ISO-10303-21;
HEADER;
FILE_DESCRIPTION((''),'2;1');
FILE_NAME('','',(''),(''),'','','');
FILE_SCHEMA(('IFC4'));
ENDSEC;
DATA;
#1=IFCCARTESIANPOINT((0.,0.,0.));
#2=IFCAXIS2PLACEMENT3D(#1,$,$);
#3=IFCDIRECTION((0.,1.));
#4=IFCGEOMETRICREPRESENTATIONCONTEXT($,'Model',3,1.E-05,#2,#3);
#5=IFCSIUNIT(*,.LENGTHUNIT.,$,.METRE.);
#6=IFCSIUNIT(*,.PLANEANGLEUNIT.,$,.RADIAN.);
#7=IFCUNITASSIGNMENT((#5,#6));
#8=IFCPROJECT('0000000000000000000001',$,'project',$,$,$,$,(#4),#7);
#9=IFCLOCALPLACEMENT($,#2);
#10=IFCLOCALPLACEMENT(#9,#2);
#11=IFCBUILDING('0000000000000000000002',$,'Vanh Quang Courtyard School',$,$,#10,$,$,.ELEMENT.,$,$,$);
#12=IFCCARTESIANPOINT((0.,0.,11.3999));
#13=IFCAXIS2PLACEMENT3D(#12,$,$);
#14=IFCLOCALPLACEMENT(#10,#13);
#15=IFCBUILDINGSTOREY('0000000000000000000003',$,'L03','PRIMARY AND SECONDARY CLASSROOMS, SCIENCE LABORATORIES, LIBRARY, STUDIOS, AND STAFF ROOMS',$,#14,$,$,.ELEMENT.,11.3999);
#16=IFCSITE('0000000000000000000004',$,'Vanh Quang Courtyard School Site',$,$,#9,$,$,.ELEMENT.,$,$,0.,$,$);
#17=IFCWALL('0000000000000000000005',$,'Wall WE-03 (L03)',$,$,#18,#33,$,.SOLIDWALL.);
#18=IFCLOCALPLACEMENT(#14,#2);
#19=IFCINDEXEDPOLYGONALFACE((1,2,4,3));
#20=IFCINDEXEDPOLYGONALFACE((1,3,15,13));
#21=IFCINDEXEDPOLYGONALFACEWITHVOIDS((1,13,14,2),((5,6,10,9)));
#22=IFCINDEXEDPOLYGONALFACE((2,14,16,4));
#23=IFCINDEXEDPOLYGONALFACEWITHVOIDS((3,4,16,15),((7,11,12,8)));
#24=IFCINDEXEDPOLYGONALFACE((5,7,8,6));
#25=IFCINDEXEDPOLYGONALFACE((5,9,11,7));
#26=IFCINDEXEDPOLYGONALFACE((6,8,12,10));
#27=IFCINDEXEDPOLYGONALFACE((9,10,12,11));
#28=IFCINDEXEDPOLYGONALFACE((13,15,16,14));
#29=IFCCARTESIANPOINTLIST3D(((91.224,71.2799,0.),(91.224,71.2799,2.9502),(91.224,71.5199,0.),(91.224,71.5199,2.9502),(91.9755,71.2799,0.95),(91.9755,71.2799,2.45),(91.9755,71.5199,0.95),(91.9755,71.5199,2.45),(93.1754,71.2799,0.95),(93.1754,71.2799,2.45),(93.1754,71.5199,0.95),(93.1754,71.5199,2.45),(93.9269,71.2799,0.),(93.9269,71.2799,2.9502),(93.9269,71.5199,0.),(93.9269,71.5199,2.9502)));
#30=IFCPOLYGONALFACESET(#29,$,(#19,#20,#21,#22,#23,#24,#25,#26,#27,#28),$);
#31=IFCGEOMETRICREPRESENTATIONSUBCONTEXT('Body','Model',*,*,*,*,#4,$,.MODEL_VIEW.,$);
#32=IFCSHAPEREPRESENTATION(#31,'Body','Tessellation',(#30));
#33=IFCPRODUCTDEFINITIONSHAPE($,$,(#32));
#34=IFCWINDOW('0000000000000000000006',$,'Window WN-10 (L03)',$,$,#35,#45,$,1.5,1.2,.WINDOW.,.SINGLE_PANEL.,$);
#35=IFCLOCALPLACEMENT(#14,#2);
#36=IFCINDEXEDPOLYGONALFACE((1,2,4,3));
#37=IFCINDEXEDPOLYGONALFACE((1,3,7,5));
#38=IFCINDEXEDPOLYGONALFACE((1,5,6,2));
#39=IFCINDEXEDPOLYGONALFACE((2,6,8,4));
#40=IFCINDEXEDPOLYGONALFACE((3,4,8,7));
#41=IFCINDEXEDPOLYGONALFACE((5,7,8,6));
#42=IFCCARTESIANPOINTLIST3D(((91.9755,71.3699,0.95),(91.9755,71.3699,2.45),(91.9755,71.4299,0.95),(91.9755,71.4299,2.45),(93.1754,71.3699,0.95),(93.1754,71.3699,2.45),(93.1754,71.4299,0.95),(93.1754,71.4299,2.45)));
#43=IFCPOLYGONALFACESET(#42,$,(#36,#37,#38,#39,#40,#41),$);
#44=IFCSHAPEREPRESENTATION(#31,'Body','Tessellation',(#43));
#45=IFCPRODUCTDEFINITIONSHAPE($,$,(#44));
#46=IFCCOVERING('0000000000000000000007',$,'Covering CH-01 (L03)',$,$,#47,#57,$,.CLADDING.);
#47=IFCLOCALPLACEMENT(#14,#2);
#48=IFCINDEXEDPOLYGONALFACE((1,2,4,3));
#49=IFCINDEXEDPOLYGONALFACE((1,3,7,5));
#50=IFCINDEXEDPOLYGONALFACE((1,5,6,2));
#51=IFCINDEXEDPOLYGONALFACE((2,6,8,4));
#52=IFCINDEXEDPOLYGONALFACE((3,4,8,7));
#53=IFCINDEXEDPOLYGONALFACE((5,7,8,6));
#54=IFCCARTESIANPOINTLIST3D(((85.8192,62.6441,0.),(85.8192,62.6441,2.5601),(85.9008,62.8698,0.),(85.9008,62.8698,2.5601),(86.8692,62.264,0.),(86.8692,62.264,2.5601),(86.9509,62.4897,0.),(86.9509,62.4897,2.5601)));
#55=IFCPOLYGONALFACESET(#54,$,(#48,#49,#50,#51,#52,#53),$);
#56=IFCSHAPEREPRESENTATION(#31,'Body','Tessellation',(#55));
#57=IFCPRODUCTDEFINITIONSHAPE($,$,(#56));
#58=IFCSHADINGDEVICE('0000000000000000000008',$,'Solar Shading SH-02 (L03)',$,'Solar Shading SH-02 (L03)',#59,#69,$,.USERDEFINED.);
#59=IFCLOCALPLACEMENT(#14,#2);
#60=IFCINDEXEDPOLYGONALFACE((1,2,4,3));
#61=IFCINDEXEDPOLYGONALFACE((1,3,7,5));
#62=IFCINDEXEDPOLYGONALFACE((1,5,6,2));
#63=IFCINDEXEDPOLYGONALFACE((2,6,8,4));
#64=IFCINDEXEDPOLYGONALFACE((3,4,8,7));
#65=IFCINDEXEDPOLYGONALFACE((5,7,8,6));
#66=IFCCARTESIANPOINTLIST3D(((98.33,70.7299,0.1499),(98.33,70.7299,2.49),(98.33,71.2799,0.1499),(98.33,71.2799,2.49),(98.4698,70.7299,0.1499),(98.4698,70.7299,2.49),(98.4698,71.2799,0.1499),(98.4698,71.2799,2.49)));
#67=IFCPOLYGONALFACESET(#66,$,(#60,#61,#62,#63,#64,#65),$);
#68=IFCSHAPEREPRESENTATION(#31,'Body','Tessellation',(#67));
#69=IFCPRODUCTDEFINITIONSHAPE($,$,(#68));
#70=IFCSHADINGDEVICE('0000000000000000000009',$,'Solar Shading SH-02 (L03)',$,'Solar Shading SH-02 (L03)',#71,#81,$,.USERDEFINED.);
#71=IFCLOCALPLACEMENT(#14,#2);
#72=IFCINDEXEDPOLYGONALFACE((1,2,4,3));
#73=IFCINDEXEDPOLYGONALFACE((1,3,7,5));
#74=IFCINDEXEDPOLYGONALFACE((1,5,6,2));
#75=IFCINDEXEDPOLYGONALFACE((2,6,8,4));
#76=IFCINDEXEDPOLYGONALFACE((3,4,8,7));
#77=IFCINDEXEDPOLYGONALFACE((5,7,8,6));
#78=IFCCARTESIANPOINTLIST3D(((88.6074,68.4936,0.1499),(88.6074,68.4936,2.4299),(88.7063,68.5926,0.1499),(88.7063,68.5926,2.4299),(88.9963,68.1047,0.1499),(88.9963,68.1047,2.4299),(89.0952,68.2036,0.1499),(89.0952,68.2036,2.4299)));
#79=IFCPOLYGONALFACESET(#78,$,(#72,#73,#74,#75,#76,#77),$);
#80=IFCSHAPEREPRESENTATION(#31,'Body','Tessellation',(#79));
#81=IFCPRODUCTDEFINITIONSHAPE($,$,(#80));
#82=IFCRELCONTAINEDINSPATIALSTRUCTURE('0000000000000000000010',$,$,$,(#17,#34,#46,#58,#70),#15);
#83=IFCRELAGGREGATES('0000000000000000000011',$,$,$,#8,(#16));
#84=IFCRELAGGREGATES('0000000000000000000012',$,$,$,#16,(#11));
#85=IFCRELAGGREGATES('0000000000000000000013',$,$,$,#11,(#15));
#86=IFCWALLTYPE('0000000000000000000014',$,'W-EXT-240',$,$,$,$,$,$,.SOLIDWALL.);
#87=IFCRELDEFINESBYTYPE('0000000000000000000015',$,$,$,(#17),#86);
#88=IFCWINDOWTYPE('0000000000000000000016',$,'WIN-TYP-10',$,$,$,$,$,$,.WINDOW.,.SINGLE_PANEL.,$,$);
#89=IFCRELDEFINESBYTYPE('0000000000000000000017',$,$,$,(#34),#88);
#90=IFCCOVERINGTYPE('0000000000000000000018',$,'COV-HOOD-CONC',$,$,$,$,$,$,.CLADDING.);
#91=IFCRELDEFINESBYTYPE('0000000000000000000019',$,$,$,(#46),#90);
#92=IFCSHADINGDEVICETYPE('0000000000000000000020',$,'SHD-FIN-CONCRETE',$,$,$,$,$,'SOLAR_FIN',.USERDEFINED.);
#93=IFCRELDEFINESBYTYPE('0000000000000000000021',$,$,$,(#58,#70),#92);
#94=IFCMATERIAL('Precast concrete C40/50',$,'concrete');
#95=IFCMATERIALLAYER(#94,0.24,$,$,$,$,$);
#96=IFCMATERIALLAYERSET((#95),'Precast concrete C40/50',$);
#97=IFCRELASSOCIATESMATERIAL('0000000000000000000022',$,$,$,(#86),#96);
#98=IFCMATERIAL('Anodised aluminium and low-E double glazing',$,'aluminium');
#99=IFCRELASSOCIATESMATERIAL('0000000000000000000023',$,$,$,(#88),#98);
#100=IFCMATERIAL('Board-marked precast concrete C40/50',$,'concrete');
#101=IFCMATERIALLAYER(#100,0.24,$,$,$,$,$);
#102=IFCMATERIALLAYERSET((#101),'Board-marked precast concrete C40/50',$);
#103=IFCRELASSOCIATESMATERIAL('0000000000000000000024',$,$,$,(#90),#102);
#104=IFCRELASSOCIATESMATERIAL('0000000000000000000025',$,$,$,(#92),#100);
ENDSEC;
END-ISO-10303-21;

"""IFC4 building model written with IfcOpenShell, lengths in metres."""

from ifc_helpers import new_model, si_unit, direction, frame, frame_2d, origin, origin_2d, place, context, subcontext, project, spatial, rectangle, extrude, material, layer, layer_set, type_object, element, fill, save


model = new_model("IFC4")

# Units and contexts
model_context = context("Model", 3, precision=1e-05, world=origin(), true_north=direction((0.0, 1.0)))
body_context = subcontext(model_context, "Body", "Model", "MODEL_VIEW")
ifc_project = project(units=[si_unit("LENGTHUNIT", "METRE"), si_unit("PLANEANGLEUNIT", "RADIAN")], contexts=[model_context])

# Site, building, storey
site_placement = place(None, origin())
site = spatial("IfcSite", under=ifc_project, at=site_placement, Name="Vanh Quang Courtyard School Site", CompositionType="ELEMENT", RefElevation=0.0)
building_placement = place(site_placement, origin())
building = spatial("IfcBuilding", under=site, at=building_placement, Name="Vanh Quang Courtyard School", CompositionType="ELEMENT")
storey_placement = place(building_placement, frame((0.0, 0.0, 11.3999)))
storey = spatial("IfcBuildingStorey", under=building, at=storey_placement, Name="L03", Description="PRIMARY AND SECONDARY CLASSROOMS, SCIENCE LABORATORIES, LIBRARY, STUDIOS, AND STAFF ROOMS", CompositionType="ELEMENT", Elevation=11.3999)

# Wall, opening, window
ifc_material_1 = material(Name="Precast concrete C40/50", Category="concrete")
ifc_layer_1 = layer(ifc_material_1, 0.24)
ifc_layer_set_1 = layer_set([ifc_layer_1], Name="Precast concrete C40/50")
wall_type = type_object("IfcWallType", Name="W-EXT-240", PredefinedType="SOLIDWALL", material=ifc_layer_set_1)
wall_placement = place(storey_placement, frame((93.927, 71.3999, 0.0), z_axis=(0.0, 0.0, 1.0), x_axis=(-1.0, 0.0, 0.0)))
wall = element("IfcWall", 1, at=wall_placement, inside=storey, type_object=wall_type, Name="Wall WE-03 (L03)", PredefinedType="SOLIDWALL", context=body_context, shape_type="SweptSolid", body=[
    extrude(rectangle(XDim=2.7029, YDim=0.24, at=frame_2d((1.3516, 0.0))), origin(), (0.0, 0.0, 1.0), 2.9502),
])
opening_placement = place(wall_placement, frame((0.7515, 0.0, 0.95)))
opening = element("IfcOpeningElement", 2, at=opening_placement, cuts=wall, PredefinedType="OPENING", context=body_context, shape_type="SweptSolid", body=[
    extrude(rectangle(XDim=1.2, YDim=1.5, at=frame_2d((0.6001, 0.75))), frame((0.0, 0.1299, 0.0), z_axis=(0.0, -1.0, 0.0), x_axis=(1.0, 0.0, 0.0)), (0.0, 0.0, 1.0), 0.26),
])
ifc_material_2 = material(Name="Anodised aluminium and low-E double glazing", Category="aluminium")
window_type = type_object("IfcWindowType", Name="WIN-TYP-10", PartitioningType="SINGLE_PANEL", PredefinedType="WINDOW", material=ifc_material_2)
window_placement = place(opening_placement, origin())
window = element("IfcWindow", 3, at=window_placement, inside=storey, type_object=window_type, Name="Window WN-10 (L03)", OverallHeight=1.5, OverallWidth=1.2, PartitioningType="SINGLE_PANEL", PredefinedType="WINDOW", context=body_context, shape_type="SweptSolid", body=[
    extrude(rectangle(XDim=1.2, YDim=1.5, at=frame_2d((0.6001, 0.75))), frame((0.0, 0.03, 0.0), z_axis=(0.0, -1.0, 0.0), x_axis=(1.0, 0.0, 0.0)), (0.0, 0.0, 1.0), 0.0601),
])
fill(opening, window)

# Covering
ifc_material_3 = material(Name="Board-marked precast concrete C40/50", Category="concrete")
ifc_layer_2 = layer(ifc_material_3, 0.24)
ifc_layer_set_2 = layer_set([ifc_layer_2], Name="Board-marked precast concrete C40/50")
covering_type = type_object("IfcCoveringType", Name="COV-HOOD-CONC", PredefinedType="CLADDING", material=ifc_layer_set_2)
covering_placement = place(storey_placement, frame((86.385, 62.5669, 0.0), z_axis=(0.0, 0.0, 1.0), x_axis=(0.940288, -0.34038, 0.0)))
element("IfcCovering", 4, at=covering_placement, inside=storey, type_object=covering_type, Name="Covering CH-01 (L03)", PredefinedType="CLADDING", context=body_context, shape_type="SweptSolid", body=[
    extrude(rectangle(XDim=1.1167, YDim=0.24, at=origin_2d()), origin(), (0.0, 0.0, 1.0), 2.5601),
])

# Shading devices
shading_device_type = type_object("IfcShadingDeviceType", Name="SHD-FIN-CONCRETE", ElementType="SOLAR_FIN", PredefinedType="USERDEFINED", material=ifc_material_3)
shading_device_1_placement = place(storey_placement, frame((98.3999, 71.0049, 0.1499), z_axis=(0.0, 0.0, 1.0), x_axis=(-1.0, 0.0, 0.0)))
element("IfcShadingDevice", 5, at=shading_device_1_placement, inside=storey, type_object=shading_device_type, Name="Solar Shading SH-02 (L03)", ObjectType="Solar Shading SH-02 (L03)", PredefinedType="USERDEFINED", context=body_context, shape_type="SweptSolid", body=[
    extrude(rectangle(XDim=0.1399, YDim=0.55, at=origin_2d()), origin(), (0.0, 0.0, 1.0), 2.3401),
])
shading_device_2_placement = place(storey_placement, frame((88.8513, 68.3486, 0.1499), z_axis=(0.0, 0.0, 1.0), x_axis=(-0.707107, -0.707107, 0.0)))
element("IfcShadingDevice", 6, at=shading_device_2_placement, inside=storey, type_object=shading_device_type, Name="Solar Shading SH-02 (L03)", ObjectType="Solar Shading SH-02 (L03)", PredefinedType="USERDEFINED", context=body_context, shape_type="SweptSolid", body=[
    extrude(rectangle(XDim=0.1399, YDim=0.55, at=origin_2d()), origin(), (0.0, 0.0, 1.0), 2.28),
])

save(model, "model.ifc")
